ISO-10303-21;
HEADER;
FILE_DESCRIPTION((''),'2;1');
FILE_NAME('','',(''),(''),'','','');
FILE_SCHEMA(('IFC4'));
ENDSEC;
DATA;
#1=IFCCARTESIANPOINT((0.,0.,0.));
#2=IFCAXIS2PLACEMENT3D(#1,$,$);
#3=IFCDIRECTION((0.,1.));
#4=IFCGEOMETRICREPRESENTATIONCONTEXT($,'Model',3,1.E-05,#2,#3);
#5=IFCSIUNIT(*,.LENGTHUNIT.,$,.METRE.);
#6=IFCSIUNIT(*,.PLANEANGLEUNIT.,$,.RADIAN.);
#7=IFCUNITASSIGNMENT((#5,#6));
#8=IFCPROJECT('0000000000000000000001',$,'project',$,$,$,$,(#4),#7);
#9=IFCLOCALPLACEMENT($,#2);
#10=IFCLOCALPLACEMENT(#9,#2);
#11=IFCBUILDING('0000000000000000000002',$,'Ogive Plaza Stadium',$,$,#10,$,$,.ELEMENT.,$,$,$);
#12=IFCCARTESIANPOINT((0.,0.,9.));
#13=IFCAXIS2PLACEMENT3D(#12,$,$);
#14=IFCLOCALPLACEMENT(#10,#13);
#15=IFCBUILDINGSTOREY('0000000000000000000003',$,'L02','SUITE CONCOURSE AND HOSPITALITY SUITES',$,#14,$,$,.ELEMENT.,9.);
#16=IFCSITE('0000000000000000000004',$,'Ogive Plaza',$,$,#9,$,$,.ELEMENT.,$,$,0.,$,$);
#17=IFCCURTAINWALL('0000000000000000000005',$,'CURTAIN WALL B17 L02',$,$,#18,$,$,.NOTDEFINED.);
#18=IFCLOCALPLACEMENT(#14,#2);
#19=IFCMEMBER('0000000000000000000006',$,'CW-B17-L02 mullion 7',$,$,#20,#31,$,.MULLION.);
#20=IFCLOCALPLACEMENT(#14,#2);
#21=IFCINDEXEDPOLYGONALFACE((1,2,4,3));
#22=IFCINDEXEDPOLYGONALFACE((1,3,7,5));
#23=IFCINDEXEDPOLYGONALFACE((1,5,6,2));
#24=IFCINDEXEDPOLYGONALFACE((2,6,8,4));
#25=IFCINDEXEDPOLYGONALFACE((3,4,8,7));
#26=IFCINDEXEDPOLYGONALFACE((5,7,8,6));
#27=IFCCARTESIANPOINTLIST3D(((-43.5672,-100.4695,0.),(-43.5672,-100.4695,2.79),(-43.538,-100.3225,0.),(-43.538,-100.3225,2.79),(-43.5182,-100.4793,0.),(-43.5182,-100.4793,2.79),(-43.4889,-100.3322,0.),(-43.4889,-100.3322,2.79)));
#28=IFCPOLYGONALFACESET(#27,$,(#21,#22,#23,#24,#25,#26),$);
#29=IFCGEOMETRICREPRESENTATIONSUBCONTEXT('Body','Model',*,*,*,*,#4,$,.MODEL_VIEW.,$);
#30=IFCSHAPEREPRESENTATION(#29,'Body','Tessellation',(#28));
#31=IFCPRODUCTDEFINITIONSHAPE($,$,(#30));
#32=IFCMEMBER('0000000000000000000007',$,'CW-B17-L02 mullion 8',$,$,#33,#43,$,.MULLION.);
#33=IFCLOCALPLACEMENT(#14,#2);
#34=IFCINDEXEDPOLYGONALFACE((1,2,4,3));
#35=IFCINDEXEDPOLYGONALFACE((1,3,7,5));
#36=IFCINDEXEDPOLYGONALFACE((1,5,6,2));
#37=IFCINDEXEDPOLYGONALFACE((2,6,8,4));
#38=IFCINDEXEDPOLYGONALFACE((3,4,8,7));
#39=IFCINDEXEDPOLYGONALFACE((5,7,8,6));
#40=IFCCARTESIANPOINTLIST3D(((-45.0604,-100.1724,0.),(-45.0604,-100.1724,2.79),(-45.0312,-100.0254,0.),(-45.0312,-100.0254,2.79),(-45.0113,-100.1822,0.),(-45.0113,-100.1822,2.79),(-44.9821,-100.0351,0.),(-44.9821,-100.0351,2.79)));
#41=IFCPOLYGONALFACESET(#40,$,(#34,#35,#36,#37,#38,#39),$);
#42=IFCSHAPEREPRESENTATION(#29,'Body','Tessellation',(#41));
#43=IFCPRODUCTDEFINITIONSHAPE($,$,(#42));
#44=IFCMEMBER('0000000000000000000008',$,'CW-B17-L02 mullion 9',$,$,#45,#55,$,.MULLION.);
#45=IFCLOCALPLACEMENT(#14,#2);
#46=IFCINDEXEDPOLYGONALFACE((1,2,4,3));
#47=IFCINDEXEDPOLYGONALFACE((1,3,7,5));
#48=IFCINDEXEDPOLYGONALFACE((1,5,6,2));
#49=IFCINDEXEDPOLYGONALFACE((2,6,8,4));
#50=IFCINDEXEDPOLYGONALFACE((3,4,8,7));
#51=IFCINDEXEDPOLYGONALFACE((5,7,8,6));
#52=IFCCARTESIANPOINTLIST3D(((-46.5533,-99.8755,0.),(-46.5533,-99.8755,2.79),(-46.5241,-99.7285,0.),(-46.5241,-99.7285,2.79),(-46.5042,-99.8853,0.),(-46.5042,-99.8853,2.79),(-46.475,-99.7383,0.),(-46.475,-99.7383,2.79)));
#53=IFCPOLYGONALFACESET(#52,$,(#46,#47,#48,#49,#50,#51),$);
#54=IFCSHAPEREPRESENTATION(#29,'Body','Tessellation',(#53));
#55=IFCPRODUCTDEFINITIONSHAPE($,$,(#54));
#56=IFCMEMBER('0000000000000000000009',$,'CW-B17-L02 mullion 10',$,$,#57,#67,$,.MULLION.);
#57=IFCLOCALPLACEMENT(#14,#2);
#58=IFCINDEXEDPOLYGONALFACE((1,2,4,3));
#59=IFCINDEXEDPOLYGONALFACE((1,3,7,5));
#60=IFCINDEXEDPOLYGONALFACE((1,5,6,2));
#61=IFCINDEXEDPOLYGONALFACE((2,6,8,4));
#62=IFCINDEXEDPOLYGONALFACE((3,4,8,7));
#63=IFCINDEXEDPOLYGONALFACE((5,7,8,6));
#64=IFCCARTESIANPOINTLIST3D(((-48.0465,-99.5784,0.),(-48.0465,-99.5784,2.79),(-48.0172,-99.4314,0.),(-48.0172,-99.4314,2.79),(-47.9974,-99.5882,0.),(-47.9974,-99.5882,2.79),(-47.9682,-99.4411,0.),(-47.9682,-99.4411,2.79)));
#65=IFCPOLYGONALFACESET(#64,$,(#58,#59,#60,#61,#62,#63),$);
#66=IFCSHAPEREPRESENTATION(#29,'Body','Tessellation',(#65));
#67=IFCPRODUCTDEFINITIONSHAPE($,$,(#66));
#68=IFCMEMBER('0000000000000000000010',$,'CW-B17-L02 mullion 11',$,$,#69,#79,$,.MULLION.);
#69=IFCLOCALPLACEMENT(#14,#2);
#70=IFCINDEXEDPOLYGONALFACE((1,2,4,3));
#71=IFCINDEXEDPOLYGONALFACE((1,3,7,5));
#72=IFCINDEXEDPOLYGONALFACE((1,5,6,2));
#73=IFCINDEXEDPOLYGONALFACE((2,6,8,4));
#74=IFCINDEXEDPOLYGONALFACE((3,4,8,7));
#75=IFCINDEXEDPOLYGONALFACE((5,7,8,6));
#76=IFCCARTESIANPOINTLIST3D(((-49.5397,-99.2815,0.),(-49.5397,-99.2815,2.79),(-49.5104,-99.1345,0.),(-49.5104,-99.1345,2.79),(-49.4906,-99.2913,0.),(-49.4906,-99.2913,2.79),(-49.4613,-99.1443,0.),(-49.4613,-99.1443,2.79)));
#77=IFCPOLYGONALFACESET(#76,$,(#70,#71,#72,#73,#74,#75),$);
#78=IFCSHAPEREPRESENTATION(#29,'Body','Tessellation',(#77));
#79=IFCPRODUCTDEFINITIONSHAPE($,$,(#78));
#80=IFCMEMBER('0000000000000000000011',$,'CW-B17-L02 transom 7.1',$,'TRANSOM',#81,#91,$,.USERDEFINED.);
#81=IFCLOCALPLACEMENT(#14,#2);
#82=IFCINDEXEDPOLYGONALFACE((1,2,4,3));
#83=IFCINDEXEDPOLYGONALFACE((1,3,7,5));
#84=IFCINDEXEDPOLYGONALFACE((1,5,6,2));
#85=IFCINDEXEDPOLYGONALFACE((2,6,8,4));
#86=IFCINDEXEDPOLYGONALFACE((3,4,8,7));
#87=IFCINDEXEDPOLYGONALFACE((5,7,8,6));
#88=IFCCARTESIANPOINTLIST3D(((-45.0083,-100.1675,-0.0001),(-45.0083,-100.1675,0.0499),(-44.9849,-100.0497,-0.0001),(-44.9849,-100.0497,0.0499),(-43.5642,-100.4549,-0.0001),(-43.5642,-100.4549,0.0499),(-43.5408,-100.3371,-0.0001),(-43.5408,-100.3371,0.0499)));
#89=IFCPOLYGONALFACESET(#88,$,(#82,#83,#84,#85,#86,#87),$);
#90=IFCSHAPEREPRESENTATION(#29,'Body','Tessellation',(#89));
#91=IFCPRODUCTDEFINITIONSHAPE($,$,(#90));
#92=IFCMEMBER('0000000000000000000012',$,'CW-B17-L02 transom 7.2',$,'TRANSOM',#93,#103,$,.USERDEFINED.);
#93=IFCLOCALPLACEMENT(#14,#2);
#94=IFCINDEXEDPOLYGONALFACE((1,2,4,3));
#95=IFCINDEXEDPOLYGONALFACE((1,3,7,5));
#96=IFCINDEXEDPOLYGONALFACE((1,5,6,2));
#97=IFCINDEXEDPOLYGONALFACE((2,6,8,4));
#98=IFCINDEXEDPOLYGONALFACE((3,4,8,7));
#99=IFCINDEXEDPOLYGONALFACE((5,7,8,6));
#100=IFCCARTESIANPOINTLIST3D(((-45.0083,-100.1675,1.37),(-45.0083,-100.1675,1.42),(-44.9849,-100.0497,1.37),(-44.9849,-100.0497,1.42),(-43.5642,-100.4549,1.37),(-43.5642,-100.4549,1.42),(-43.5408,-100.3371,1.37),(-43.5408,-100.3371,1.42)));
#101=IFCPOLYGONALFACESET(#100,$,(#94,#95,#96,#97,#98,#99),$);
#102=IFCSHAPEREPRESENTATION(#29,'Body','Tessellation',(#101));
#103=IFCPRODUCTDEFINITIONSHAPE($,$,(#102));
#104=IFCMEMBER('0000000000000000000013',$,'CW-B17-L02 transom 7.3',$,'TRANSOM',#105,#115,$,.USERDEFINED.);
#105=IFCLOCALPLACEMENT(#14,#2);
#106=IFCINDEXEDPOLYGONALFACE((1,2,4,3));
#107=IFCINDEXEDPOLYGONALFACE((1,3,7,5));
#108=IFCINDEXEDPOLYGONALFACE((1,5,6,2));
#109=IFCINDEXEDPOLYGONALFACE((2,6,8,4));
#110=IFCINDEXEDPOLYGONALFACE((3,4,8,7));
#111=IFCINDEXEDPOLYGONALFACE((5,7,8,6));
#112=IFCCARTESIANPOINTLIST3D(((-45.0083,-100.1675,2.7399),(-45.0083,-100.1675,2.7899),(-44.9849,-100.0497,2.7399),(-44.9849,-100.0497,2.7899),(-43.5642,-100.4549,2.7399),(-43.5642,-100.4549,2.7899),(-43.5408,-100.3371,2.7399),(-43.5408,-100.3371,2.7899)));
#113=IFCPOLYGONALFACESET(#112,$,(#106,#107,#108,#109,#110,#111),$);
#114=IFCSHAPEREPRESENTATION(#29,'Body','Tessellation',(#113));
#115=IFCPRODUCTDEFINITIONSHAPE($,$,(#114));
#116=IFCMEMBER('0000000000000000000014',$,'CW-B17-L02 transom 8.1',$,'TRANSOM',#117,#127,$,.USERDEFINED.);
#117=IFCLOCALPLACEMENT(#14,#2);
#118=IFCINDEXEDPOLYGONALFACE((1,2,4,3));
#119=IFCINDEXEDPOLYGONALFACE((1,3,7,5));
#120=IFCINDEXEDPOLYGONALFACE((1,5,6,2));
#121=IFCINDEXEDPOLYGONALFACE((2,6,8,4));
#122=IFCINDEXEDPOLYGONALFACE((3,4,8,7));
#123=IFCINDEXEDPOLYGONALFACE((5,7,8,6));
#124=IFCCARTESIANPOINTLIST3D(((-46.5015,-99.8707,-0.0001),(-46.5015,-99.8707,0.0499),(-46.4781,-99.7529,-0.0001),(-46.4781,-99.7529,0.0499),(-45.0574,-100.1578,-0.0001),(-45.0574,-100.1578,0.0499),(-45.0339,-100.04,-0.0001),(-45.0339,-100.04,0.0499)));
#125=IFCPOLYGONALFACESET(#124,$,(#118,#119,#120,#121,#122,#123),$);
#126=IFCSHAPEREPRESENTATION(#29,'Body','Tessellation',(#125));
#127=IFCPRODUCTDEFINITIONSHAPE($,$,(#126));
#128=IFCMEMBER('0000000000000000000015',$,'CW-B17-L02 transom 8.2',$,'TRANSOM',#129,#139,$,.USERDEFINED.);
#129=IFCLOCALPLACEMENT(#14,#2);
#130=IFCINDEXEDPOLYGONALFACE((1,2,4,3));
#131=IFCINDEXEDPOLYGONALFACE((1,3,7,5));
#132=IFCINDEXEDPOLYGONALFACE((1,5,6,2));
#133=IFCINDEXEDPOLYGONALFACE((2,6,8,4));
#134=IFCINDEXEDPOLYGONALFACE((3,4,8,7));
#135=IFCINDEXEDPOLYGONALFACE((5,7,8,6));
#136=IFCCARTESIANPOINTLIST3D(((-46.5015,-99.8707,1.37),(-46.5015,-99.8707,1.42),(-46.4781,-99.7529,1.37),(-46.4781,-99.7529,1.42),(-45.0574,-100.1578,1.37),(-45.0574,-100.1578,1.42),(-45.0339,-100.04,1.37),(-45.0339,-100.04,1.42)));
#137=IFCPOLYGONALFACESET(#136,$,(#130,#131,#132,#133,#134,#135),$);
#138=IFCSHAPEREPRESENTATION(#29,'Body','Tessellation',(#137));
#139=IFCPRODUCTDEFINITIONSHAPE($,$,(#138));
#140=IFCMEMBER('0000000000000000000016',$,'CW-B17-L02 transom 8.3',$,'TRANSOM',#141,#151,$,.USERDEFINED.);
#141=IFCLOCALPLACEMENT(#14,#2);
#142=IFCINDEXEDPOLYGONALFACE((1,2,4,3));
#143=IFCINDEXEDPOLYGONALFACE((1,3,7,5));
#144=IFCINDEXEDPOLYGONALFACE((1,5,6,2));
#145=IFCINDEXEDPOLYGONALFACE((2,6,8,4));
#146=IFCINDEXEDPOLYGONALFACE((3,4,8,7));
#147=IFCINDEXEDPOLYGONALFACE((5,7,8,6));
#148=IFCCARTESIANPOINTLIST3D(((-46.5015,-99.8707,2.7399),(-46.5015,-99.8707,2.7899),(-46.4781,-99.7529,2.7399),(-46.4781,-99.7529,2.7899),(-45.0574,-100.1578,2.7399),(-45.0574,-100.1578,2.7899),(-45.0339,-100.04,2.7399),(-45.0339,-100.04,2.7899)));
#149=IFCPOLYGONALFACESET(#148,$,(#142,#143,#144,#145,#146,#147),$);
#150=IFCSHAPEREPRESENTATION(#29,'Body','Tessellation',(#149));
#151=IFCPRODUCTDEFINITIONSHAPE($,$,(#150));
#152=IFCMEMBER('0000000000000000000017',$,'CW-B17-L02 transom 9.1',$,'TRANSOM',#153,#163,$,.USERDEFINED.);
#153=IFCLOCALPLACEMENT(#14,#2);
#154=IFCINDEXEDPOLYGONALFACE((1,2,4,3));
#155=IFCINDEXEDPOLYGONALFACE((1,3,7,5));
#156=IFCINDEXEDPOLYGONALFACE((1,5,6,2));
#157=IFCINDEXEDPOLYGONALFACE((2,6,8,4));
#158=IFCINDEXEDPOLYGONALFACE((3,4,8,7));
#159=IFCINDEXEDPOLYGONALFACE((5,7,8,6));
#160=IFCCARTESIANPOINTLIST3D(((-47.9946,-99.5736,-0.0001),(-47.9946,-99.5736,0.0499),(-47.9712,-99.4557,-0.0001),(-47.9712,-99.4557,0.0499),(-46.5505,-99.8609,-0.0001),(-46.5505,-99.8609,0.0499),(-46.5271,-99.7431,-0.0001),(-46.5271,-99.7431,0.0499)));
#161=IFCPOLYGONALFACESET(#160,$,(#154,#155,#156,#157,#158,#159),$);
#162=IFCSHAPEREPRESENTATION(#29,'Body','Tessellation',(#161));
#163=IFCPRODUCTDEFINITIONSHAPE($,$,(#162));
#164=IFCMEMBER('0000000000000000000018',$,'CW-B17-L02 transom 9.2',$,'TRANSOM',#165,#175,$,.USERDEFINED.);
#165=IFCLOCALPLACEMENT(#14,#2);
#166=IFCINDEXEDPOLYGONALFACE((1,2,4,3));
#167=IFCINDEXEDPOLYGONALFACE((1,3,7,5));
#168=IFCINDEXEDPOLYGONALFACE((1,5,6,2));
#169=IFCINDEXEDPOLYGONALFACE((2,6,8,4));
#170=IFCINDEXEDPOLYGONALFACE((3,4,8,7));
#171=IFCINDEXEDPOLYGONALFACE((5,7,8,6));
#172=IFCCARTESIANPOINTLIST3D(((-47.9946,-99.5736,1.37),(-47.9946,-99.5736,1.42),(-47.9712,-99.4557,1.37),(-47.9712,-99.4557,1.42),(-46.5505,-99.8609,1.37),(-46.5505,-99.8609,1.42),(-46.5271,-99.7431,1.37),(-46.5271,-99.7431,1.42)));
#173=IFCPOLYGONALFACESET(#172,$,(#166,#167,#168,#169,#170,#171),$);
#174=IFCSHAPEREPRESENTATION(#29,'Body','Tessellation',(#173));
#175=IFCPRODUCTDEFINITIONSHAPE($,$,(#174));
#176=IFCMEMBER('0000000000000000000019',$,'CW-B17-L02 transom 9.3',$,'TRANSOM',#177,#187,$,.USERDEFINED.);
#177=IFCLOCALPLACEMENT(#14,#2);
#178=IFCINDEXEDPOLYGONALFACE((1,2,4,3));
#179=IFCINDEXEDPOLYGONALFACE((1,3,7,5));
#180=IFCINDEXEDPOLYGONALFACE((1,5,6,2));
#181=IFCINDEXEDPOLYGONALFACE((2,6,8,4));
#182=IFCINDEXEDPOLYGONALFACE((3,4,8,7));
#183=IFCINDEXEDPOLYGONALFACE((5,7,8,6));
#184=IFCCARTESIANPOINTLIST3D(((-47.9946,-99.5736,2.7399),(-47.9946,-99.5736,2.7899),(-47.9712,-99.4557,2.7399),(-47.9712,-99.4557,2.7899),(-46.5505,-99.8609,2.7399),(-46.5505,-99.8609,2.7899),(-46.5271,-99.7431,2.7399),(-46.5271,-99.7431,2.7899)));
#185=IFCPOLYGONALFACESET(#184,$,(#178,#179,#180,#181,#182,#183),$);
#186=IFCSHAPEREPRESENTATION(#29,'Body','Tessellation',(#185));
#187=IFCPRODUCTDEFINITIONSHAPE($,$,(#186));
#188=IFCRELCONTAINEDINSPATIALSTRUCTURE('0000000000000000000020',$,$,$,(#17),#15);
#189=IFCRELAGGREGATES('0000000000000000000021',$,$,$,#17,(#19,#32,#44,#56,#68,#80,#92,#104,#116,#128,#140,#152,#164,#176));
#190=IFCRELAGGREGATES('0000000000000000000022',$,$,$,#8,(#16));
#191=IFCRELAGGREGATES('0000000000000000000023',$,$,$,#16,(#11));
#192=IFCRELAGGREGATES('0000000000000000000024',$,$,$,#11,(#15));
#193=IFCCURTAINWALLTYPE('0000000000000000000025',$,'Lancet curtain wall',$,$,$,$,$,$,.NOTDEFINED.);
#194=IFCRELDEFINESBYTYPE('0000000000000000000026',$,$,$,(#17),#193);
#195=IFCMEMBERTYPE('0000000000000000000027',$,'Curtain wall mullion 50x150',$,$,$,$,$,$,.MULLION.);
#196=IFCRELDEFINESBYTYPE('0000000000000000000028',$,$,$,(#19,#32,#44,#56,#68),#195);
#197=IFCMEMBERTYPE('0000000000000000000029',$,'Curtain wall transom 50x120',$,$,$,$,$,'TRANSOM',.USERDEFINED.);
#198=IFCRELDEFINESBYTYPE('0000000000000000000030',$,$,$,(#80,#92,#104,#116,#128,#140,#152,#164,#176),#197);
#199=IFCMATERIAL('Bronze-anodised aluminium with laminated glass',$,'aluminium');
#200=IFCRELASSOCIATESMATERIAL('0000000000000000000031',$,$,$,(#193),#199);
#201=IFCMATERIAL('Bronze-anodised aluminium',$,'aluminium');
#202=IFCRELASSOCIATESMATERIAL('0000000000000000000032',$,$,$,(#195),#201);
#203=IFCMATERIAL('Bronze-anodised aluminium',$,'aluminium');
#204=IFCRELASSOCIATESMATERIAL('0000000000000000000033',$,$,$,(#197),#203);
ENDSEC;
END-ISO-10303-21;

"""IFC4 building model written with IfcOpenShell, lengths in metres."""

from ifc_helpers import new_model, si_unit, direction, frame, origin, origin_2d, place, context, subcontext, project, spatial, rectangle, extrude, material, material_profile, profile_set, type_object, element, aggregate, save


model = new_model("IFC4")

# Units and contexts
model_context = context("Model", 3, precision=1e-05, world=origin(), true_north=direction((0.0, 1.0)))
body_context = subcontext(model_context, "Body", "Model", "MODEL_VIEW")
ifc_project = project(units=[si_unit("LENGTHUNIT", "METRE"), si_unit("PLANEANGLEUNIT", "RADIAN")], contexts=[model_context])

# Site, building, storey
site_placement = place(None, origin())
site = spatial("IfcSite", under=ifc_project, at=site_placement, Name="Ogive Plaza", CompositionType="ELEMENT", RefElevation=0.0)
building_placement = place(site_placement, origin())
building = spatial("IfcBuilding", under=site, at=building_placement, Name="Ogive Plaza Stadium", CompositionType="ELEMENT")
storey_placement = place(building_placement, frame((0.0, 0.0, 9.0)))
storey = spatial("IfcBuildingStorey", under=building, at=storey_placement, Name="L02", Description="SUITE CONCOURSE AND HOSPITALITY SUITES", CompositionType="ELEMENT", Elevation=9.0)

# Curtain wall, members
ifc_material_1 = material(Name="Bronze-anodised aluminium with laminated glass", Category="aluminium")
curtain_wall_type = type_object("IfcCurtainWallType", Name="Lancet curtain wall", PredefinedType="NOTDEFINED", material=ifc_material_1)
curtain_wall_placement = place(storey_placement, origin())
curtain_wall = element("IfcCurtainWall", 1, at=curtain_wall_placement, inside=storey, type_object=curtain_wall_type, Name="CURTAIN WALL B17 L02", PredefinedType="NOTDEFINED")
ifc_material_2 = material(Name="Bronze-anodised aluminium", Category="aluminium")
ifc_material_profile_1 = material_profile(ifc_material_2, rectangle(XDim=0.1499, YDim=0.05, at=origin_2d()), Name="AL 150x50")
ifc_profile_set_1 = profile_set([ifc_material_profile_1], Name="Bronze-anodised aluminium")
member_type_1 = type_object("IfcMemberType", Name="Curtain wall mullion 50x150", PredefinedType="MULLION", material=ifc_profile_set_1)
member_1_placement = place(storey_placement, frame((-43.5281, -100.4009, 0.0), z_axis=(0.0, 0.0, 1.0), x_axis=(-0.19509, -0.980785, 0.0)))
member_1 = element("IfcMember", 2, at=member_1_placement, type_object=member_type_1, Name="CW-B17-L02 mullion 7", PredefinedType="MULLION", context=body_context, shape_type="SweptSolid", body=[
    extrude(rectangle(XDim=0.1499, YDim=0.05, at=origin_2d()), origin(), (0.0, 0.0, 1.0), 2.79),
])
member_2_placement = place(storey_placement, frame((-45.0212, -100.1038, 0.0), z_axis=(0.0, 0.0, 1.0), x_axis=(-0.19509, -0.980785, 0.0)))
member_2 = element("IfcMember", 3, at=member_2_placement, type_object=member_type_1, Name="CW-B17-L02 mullion 8", PredefinedType="MULLION", context=body_context, shape_type="SweptSolid", body=[
    extrude(rectangle(XDim=0.1499, YDim=0.05, at=origin_2d()), origin(), (0.0, 0.0, 1.0), 2.79),
])
member_3_placement = place(storey_placement, frame((-46.5142, -99.8069, 0.0), z_axis=(0.0, 0.0, 1.0), x_axis=(-0.19509, -0.980785, 0.0)))
member_3 = element("IfcMember", 4, at=member_3_placement, type_object=member_type_1, Name="CW-B17-L02 mullion 9", PredefinedType="MULLION", context=body_context, shape_type="SweptSolid", body=[
    extrude(rectangle(XDim=0.1499, YDim=0.05, at=origin_2d()), origin(), (0.0, 0.0, 1.0), 2.79),
])
member_4_placement = place(storey_placement, frame((-48.0073, -99.5098, 0.0), z_axis=(0.0, 0.0, 1.0), x_axis=(-0.19509, -0.980785, 0.0)))
member_4 = element("IfcMember", 5, at=member_4_placement, type_object=member_type_1, Name="CW-B17-L02 mullion 10", PredefinedType="MULLION", context=body_context, shape_type="SweptSolid", body=[
    extrude(rectangle(XDim=0.1499, YDim=0.05, at=origin_2d()), origin(), (0.0, 0.0, 1.0), 2.79),
])
member_5_placement = place(storey_placement, frame((-49.5005, -99.2129, 0.0), z_axis=(0.0, 0.0, 1.0), x_axis=(-0.19509, -0.980785, 0.0)))
member_5 = element("IfcMember", 6, at=member_5_placement, type_object=member_type_1, Name="CW-B17-L02 mullion 11", PredefinedType="MULLION", context=body_context, shape_type="SweptSolid", body=[
    extrude(rectangle(XDim=0.1499, YDim=0.05, at=origin_2d()), origin(), (0.0, 0.0, 1.0), 2.79),
])
ifc_material_3 = material(Name="Bronze-anodised aluminium", Category="aluminium")
ifc_material_profile_2 = material_profile(ifc_material_3, rectangle(XDim=0.1201, YDim=0.05, at=origin_2d()), Name="AL 120x50")
ifc_profile_set_2 = profile_set([ifc_material_profile_2], Name="Bronze-anodised aluminium")
member_type_2 = type_object("IfcMemberType", Name="Curtain wall transom 50x120", ElementType="TRANSOM", PredefinedType="USERDEFINED", material=ifc_profile_set_2)
member_6_placement = place(storey_placement, frame((-43.5525, -100.396, 0.0249), z_axis=(-0.980772, 0.195159, 0.0), x_axis=(-0.195159, -0.980772, 0.0)))
member_6 = element("IfcMember", 7, at=member_6_placement, type_object=member_type_2, Name="CW-B17-L02 transom 7.1", ObjectType="TRANSOM", PredefinedType="USERDEFINED", context=body_context, shape_type="SweptSolid", body=[
    extrude(rectangle(XDim=0.1201, YDim=0.05, at=origin_2d()), origin(), (0.0, 0.0, 1.0), 1.4724),
])
member_7_placement = place(storey_placement, frame((-43.5525, -100.396, 1.395), z_axis=(-0.980772, 0.195159, 0.0), x_axis=(-0.195159, -0.980772, 0.0)))
member_7 = element("IfcMember", 8, at=member_7_placement, type_object=member_type_2, Name="CW-B17-L02 transom 7.2", ObjectType="TRANSOM", PredefinedType="USERDEFINED", context=body_context, shape_type="SweptSolid", body=[
    extrude(rectangle(XDim=0.1201, YDim=0.05, at=origin_2d()), origin(), (0.0, 0.0, 1.0), 1.4724),
])
member_8_placement = place(storey_placement, frame((-43.5525, -100.396, 2.7649), z_axis=(-0.980772, 0.195159, 0.0), x_axis=(-0.195159, -0.980772, 0.0)))
member_8 = element("IfcMember", 9, at=member_8_placement, type_object=member_type_2, Name="CW-B17-L02 transom 7.3", ObjectType="TRANSOM", PredefinedType="USERDEFINED", context=body_context, shape_type="SweptSolid", body=[
    extrude(rectangle(XDim=0.1201, YDim=0.05, at=origin_2d()), origin(), (0.0, 0.0, 1.0), 1.4724),
])
member_9_placement = place(storey_placement, frame((-45.0457, -100.0989, 0.0249), z_axis=(-0.980803, 0.195, 0.0), x_axis=(-0.195, -0.980803, 0.0)))
member_9 = element("IfcMember", 10, at=member_9_placement, type_object=member_type_2, Name="CW-B17-L02 transom 8.1", ObjectType="TRANSOM", PredefinedType="USERDEFINED", context=body_context, shape_type="SweptSolid", body=[
    extrude(rectangle(XDim=0.1201, YDim=0.05, at=origin_2d()), origin(), (0.0, 0.0, 1.0), 1.4724),
])
member_10_placement = place(storey_placement, frame((-45.0457, -100.0989, 1.395), z_axis=(-0.980803, 0.195, 0.0), x_axis=(-0.195, -0.980803, 0.0)))
member_10 = element("IfcMember", 11, at=member_10_placement, type_object=member_type_2, Name="CW-B17-L02 transom 8.2", ObjectType="TRANSOM", PredefinedType="USERDEFINED", context=body_context, shape_type="SweptSolid", body=[
    extrude(rectangle(XDim=0.1201, YDim=0.05, at=origin_2d()), origin(), (0.0, 0.0, 1.0), 1.4724),
])
member_11_placement = place(storey_placement, frame((-45.0457, -100.0989, 2.7649), z_axis=(-0.980803, 0.195, 0.0), x_axis=(-0.195, -0.980803, 0.0)))
member_11 = element("IfcMember", 12, at=member_11_placement, type_object=member_type_2, Name="CW-B17-L02 transom 8.3", ObjectType="TRANSOM", PredefinedType="USERDEFINED", context=body_context, shape_type="SweptSolid", body=[
    extrude(rectangle(XDim=0.1201, YDim=0.05, at=origin_2d()), origin(), (0.0, 0.0, 1.0), 1.4724),
])
member_12_placement = place(storey_placement, frame((-46.5388, -99.802, 0.0249), z_axis=(-0.980772, 0.195159, 0.0), x_axis=(-0.195159, -0.980772, 0.0)))
member_12 = element("IfcMember", 13, at=member_12_placement, type_object=member_type_2, Name="CW-B17-L02 transom 9.1", ObjectType="TRANSOM", PredefinedType="USERDEFINED", context=body_context, shape_type="SweptSolid", body=[
    extrude(rectangle(XDim=0.1201, YDim=0.05, at=origin_2d()), origin(), (0.0, 0.0, 1.0), 1.4724),
])
member_13_placement = place(storey_placement, frame((-46.5388, -99.802, 1.395), z_axis=(-0.980772, 0.195159, 0.0), x_axis=(-0.195159, -0.980772, 0.0)))
member_13 = element("IfcMember", 14, at=member_13_placement, type_object=member_type_2, Name="CW-B17-L02 transom 9.2", ObjectType="TRANSOM", PredefinedType="USERDEFINED", context=body_context, shape_type="SweptSolid", body=[
    extrude(rectangle(XDim=0.1201, YDim=0.05, at=origin_2d()), origin(), (0.0, 0.0, 1.0), 1.4724),
])
member_14_placement = place(storey_placement, frame((-46.5388, -99.802, 2.7649), z_axis=(-0.980772, 0.195159, 0.0), x_axis=(-0.195159, -0.980772, 0.0)))
member_14 = element("IfcMember", 15, at=member_14_placement, type_object=member_type_2, Name="CW-B17-L02 transom 9.3", ObjectType="TRANSOM", PredefinedType="USERDEFINED", context=body_context, shape_type="SweptSolid", body=[
    extrude(rectangle(XDim=0.1201, YDim=0.05, at=origin_2d()), origin(), (0.0, 0.0, 1.0), 1.4724),
])
aggregate(curtain_wall, [member_1, member_2, member_3, member_4, member_5, member_6, member_7, member_8, member_9, member_10, member_11, member_12, member_13, member_14])

save(model, "model.ifc")
